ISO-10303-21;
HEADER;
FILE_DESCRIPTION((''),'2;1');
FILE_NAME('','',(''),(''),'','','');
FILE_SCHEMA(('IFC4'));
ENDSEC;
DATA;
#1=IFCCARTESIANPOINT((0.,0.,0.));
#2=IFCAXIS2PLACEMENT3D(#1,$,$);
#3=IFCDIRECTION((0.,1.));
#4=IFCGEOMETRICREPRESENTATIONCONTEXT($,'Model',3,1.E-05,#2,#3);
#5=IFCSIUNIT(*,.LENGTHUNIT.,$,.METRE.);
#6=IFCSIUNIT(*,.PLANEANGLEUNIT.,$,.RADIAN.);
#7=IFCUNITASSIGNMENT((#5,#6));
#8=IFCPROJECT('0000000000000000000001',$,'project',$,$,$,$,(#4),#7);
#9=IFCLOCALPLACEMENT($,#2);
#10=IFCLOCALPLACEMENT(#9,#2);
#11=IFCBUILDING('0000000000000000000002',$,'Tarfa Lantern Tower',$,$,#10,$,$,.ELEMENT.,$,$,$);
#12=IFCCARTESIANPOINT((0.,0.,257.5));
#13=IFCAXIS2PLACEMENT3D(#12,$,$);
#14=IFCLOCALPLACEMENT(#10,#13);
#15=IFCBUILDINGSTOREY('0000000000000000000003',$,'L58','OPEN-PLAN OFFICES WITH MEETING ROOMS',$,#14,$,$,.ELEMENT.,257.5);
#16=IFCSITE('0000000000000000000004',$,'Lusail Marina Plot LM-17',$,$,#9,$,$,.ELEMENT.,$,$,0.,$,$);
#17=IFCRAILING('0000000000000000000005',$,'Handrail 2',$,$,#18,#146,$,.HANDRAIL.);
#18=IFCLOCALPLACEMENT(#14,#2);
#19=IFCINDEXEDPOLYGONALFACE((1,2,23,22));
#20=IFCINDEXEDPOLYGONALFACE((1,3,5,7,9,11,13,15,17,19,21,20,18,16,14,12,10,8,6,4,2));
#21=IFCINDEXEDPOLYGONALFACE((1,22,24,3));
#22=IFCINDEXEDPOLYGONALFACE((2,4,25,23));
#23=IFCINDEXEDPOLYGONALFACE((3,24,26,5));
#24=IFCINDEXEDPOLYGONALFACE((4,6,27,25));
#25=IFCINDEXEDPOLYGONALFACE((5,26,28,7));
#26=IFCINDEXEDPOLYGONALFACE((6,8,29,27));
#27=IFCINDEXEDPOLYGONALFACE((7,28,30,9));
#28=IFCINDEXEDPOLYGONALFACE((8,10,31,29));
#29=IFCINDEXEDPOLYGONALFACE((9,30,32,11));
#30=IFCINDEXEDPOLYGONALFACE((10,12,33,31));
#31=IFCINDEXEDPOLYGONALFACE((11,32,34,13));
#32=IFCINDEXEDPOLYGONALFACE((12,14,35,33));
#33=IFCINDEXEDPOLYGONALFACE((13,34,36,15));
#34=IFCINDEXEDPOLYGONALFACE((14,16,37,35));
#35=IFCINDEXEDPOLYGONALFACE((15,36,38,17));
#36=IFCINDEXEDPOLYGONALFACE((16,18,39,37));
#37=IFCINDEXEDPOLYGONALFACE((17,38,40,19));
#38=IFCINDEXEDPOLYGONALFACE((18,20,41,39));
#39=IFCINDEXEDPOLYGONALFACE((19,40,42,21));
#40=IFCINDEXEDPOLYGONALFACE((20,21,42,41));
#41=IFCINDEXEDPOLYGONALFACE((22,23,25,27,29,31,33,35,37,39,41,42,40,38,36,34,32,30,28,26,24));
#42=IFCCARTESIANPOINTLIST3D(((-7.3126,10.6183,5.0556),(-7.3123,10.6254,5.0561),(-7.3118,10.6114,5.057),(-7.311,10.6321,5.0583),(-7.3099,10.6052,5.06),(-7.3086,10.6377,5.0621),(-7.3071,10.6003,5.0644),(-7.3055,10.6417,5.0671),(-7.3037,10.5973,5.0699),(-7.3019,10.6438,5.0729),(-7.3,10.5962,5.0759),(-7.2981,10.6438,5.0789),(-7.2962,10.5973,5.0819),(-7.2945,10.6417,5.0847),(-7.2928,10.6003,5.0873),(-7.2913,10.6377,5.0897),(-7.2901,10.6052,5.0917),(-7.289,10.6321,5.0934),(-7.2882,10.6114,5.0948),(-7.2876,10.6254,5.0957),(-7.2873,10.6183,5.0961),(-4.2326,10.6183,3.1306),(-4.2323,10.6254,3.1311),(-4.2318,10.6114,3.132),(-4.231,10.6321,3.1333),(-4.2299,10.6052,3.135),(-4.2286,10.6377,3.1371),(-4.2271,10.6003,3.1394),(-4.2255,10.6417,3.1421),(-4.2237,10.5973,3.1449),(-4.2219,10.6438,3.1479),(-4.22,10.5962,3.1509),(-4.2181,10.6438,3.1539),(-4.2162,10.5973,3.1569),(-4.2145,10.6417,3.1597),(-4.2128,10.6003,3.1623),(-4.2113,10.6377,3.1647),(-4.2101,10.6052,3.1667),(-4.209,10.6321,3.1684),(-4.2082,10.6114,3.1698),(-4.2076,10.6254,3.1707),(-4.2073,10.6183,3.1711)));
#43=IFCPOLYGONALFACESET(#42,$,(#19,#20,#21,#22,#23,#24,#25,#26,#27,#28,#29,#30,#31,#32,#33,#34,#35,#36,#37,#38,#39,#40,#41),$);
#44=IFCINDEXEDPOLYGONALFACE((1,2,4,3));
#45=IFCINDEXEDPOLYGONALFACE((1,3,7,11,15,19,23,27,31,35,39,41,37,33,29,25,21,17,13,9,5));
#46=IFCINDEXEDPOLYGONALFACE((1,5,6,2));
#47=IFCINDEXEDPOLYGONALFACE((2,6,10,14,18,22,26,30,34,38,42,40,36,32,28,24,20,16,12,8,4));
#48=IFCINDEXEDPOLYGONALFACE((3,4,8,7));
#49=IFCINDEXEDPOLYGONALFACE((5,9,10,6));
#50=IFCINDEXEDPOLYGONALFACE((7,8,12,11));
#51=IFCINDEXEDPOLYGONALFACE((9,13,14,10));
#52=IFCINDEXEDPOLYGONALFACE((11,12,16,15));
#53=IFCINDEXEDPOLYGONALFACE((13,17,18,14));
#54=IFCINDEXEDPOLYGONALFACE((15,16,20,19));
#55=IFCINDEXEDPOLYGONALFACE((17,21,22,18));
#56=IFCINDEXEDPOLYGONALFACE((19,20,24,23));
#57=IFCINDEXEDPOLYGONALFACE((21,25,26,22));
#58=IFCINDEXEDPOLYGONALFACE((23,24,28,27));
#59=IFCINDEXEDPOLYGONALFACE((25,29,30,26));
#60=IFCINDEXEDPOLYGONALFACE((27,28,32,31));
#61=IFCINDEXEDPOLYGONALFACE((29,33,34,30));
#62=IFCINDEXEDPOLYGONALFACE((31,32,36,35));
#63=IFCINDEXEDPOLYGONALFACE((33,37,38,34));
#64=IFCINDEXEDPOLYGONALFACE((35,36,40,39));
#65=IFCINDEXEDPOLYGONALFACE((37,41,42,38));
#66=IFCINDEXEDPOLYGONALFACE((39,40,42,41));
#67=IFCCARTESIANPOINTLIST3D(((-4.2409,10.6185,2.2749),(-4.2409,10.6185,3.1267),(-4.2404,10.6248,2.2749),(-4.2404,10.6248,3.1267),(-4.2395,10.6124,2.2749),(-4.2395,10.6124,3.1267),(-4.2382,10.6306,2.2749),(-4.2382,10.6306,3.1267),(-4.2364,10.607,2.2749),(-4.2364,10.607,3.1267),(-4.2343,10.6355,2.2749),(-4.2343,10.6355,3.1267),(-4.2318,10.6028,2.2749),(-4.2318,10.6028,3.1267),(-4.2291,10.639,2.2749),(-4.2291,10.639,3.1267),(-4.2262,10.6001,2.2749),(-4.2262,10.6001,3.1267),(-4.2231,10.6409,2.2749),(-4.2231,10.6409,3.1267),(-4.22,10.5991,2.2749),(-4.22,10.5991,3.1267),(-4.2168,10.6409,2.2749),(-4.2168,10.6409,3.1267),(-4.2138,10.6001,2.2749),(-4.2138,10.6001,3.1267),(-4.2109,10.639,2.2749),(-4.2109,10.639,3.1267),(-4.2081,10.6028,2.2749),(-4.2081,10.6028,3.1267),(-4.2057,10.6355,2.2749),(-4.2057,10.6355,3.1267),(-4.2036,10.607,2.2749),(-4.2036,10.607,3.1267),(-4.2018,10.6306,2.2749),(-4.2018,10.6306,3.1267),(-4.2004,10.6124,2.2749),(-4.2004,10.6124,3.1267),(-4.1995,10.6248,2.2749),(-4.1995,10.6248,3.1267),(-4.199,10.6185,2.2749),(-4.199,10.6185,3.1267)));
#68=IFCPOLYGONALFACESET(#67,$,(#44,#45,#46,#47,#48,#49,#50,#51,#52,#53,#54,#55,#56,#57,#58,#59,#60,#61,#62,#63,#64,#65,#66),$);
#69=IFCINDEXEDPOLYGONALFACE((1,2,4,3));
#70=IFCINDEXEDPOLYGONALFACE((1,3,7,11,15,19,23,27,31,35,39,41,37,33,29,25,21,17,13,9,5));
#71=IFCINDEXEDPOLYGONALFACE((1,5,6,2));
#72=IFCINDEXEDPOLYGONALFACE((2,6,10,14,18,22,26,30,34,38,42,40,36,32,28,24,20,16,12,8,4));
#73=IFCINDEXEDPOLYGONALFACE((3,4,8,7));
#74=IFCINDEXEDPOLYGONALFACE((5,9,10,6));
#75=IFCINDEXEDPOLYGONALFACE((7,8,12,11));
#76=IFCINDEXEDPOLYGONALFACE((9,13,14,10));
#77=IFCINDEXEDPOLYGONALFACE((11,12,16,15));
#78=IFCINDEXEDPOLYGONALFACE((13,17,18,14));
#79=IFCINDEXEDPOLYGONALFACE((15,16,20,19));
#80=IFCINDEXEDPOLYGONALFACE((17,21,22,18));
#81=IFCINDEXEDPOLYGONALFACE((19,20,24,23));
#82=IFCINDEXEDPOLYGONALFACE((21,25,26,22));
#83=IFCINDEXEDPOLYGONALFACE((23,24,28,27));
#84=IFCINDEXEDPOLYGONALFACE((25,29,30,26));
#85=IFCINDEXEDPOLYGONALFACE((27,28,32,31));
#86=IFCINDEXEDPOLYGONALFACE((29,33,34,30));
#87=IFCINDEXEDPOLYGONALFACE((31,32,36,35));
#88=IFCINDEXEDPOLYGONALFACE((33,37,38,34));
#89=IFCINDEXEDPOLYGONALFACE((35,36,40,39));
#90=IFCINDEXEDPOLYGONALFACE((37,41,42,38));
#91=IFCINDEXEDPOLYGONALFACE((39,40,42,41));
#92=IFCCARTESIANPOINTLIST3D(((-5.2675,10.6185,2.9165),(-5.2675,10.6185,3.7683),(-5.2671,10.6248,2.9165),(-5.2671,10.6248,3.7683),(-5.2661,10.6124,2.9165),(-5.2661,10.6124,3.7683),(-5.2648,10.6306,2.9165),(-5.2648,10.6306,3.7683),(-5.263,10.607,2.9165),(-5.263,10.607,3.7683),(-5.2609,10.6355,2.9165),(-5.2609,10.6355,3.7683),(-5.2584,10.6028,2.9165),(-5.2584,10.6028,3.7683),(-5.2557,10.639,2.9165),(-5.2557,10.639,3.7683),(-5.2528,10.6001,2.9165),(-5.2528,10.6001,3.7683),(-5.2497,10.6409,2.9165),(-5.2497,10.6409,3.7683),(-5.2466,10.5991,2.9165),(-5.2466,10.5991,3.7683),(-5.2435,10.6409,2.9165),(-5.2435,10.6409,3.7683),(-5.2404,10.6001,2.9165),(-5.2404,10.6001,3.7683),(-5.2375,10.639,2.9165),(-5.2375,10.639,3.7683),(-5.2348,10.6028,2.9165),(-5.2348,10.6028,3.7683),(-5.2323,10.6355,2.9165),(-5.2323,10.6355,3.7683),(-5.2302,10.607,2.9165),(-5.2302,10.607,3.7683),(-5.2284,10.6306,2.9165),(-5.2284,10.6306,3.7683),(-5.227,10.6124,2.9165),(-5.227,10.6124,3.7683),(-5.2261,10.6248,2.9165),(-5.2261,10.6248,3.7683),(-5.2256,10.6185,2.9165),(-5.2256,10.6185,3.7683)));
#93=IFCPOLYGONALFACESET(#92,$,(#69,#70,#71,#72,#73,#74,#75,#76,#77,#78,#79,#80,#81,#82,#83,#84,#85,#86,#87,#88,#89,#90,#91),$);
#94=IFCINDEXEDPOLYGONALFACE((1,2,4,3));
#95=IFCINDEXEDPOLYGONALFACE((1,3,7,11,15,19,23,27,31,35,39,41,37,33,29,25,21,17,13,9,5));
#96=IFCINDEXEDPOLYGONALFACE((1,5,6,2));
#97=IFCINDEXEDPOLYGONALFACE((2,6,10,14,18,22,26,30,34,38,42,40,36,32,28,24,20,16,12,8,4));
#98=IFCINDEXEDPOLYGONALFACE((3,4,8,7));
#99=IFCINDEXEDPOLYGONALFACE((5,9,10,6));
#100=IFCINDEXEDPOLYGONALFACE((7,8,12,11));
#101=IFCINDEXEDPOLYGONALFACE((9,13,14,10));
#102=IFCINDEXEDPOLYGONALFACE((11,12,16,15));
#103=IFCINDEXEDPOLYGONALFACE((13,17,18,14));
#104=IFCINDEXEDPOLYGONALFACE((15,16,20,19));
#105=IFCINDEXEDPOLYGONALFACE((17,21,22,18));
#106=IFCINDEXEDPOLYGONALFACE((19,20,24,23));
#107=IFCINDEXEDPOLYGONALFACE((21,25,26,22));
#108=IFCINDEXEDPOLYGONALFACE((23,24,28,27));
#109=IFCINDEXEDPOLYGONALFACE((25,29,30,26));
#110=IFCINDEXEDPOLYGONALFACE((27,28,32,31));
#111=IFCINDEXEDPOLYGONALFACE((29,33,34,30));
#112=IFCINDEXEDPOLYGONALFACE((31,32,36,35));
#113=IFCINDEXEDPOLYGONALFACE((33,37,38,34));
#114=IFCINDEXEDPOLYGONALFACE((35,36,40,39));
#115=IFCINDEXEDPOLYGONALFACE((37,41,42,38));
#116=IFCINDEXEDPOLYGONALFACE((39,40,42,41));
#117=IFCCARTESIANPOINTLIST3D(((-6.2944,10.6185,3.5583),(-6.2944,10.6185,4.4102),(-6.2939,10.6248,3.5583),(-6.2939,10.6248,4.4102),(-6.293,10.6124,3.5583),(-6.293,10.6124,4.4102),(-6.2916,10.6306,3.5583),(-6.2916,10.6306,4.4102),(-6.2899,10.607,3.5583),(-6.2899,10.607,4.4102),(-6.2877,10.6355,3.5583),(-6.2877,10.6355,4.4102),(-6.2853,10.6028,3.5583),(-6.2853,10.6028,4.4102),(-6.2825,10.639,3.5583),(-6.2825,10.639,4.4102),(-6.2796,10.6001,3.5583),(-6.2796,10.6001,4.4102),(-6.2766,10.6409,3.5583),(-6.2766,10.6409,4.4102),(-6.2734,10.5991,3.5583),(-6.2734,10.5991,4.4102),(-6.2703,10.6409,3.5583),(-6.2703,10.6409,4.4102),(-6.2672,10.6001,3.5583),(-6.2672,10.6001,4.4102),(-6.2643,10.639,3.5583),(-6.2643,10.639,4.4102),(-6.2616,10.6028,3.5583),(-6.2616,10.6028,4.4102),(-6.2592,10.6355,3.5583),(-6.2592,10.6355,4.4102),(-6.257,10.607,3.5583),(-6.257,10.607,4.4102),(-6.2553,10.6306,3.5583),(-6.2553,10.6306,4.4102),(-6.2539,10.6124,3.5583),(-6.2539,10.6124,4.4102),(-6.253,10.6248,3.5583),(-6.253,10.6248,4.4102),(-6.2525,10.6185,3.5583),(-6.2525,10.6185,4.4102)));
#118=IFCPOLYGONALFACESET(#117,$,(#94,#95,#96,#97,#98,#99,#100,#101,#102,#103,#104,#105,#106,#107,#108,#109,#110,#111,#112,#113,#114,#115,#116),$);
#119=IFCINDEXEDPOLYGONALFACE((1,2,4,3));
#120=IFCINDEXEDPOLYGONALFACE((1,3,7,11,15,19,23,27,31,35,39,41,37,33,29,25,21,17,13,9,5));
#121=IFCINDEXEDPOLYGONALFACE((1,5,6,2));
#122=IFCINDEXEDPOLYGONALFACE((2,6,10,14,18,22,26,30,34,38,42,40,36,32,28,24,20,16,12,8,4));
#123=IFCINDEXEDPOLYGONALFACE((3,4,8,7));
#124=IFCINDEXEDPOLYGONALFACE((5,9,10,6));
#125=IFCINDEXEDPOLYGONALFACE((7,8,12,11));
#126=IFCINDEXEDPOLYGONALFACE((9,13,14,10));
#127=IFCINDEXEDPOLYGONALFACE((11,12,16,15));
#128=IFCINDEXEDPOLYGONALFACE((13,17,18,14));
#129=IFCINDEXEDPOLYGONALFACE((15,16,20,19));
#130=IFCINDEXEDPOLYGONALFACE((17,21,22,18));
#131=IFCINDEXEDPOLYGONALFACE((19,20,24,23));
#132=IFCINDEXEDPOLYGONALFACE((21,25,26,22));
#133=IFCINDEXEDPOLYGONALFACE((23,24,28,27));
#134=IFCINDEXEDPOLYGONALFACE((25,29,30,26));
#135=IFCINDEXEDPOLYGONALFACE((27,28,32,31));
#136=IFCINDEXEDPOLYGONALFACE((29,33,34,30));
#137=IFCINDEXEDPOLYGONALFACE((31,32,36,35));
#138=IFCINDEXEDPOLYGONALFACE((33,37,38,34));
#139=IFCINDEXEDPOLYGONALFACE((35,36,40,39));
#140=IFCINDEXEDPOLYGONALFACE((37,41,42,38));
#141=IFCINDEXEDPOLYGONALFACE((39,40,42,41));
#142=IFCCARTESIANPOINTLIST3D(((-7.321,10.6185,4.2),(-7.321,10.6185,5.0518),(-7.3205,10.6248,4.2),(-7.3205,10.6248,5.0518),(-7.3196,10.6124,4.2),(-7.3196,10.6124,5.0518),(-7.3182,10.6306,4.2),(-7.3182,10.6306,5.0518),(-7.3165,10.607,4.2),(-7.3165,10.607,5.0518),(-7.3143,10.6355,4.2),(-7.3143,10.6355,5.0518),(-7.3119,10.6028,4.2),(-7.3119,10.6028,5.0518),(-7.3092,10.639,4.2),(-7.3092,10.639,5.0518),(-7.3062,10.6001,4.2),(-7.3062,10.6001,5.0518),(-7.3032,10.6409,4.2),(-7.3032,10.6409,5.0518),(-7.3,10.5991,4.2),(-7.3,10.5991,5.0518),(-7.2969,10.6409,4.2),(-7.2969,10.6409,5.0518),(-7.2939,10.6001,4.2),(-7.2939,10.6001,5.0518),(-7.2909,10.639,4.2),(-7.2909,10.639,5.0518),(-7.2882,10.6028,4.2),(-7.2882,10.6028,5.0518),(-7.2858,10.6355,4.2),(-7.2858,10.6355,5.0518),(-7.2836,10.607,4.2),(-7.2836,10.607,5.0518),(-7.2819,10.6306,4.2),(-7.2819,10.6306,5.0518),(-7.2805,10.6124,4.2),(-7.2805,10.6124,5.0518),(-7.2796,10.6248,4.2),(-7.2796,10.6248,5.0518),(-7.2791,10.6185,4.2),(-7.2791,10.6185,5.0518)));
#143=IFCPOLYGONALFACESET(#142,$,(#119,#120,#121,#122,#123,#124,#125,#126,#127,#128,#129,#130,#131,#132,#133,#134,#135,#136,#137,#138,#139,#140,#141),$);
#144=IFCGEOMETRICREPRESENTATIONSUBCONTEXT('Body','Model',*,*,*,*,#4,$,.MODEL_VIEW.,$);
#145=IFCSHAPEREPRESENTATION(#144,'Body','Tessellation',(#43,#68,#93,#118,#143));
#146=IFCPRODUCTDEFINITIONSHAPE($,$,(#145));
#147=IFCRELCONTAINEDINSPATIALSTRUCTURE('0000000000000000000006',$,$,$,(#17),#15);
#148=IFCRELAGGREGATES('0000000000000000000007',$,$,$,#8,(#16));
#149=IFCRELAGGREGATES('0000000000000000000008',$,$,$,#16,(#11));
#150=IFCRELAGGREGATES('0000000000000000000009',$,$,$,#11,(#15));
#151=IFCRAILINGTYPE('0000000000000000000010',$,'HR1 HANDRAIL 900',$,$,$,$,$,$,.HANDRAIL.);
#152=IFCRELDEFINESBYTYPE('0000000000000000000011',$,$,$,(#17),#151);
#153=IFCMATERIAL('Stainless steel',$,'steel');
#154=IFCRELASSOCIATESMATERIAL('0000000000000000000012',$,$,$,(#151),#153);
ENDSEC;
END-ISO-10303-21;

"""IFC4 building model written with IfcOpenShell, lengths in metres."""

from ifc_helpers import new_model, si_unit, direction, frame, origin, origin_2d, place, context, subcontext, project, spatial, circle, extrude, material, type_object, element, save


model = new_model("IFC4")

# Units and contexts
model_context = context("Model", 3, precision=1e-05, world=origin(), true_north=direction((0.0, 1.0)))
body_context = subcontext(model_context, "Body", "Model", "MODEL_VIEW")
ifc_project = project(units=[si_unit("LENGTHUNIT", "METRE"), si_unit("PLANEANGLEUNIT", "RADIAN")], contexts=[model_context])

# Site, building, storey
site_placement = place(None, origin())
site = spatial("IfcSite", under=ifc_project, at=site_placement, Name="Lusail Marina Plot LM-17", CompositionType="ELEMENT", RefElevation=0.0)
building_placement = place(site_placement, origin())
building = spatial("IfcBuilding", under=site, at=building_placement, Name="Tarfa Lantern Tower", CompositionType="ELEMENT")
storey_placement = place(building_placement, frame((0.0, 0.0, 257.5)))
storey = spatial("IfcBuildingStorey", under=building, at=storey_placement, Name="L58", Description="OPEN-PLAN OFFICES WITH MEETING ROOMS", CompositionType="ELEMENT", Elevation=257.5)

# Railing
ifc_material_1 = material(Name="Stainless steel", Category="steel")
railing_type = type_object("IfcRailingType", Name="HR1 HANDRAIL 900", PredefinedType="HANDRAIL", material=ifc_material_1)
railing_1_placement = place(storey_placement, frame((-4.22, 10.6201, 2.2749)))
element("IfcRailing", 1, at=railing_1_placement, inside=storey, type_object=railing_type, Name="Handrail 2", PredefinedType="HANDRAIL", context=body_context, shape_type="SweptSolid", body=[
    extrude(circle(Radius=0.0239, at=origin_2d()), frame((0.0, 0.0, 0.876), z_axis=(-0.847998, 0.0, 0.529999), x_axis=(0.0, -1.0, 0.0)), (0.0, 0.0, 1.0), 3.6321),
    extrude(circle(Radius=0.021, at=origin_2d()), frame((0.0, 0.0, 0.0), z_axis=(0.0, 0.0, 1.0), x_axis=(0.0, -1.0, 0.0)), (0.0, 0.0, 1.0), 0.8518),
    extrude(circle(Radius=0.021, at=origin_2d()), frame((-1.0266, 0.0, 0.6416), z_axis=(0.0, 0.0, 1.0), x_axis=(0.0, -1.0, 0.0)), (0.0, 0.0, 1.0), 0.8518),
    extrude(circle(Radius=0.021, at=origin_2d()), frame((-2.0535, 0.0, 1.2834), z_axis=(0.0, 0.0, 1.0), x_axis=(0.0, -1.0, 0.0)), (0.0, 0.0, 1.0), 0.8518),
    extrude(circle(Radius=0.021, at=origin_2d()), frame((-3.0801, 0.0, 1.925), z_axis=(0.0, 0.0, 1.0), x_axis=(0.0, -1.0, 0.0)), (0.0, 0.0, 1.0), 0.8518),
])

save(model, "model.ifc")
